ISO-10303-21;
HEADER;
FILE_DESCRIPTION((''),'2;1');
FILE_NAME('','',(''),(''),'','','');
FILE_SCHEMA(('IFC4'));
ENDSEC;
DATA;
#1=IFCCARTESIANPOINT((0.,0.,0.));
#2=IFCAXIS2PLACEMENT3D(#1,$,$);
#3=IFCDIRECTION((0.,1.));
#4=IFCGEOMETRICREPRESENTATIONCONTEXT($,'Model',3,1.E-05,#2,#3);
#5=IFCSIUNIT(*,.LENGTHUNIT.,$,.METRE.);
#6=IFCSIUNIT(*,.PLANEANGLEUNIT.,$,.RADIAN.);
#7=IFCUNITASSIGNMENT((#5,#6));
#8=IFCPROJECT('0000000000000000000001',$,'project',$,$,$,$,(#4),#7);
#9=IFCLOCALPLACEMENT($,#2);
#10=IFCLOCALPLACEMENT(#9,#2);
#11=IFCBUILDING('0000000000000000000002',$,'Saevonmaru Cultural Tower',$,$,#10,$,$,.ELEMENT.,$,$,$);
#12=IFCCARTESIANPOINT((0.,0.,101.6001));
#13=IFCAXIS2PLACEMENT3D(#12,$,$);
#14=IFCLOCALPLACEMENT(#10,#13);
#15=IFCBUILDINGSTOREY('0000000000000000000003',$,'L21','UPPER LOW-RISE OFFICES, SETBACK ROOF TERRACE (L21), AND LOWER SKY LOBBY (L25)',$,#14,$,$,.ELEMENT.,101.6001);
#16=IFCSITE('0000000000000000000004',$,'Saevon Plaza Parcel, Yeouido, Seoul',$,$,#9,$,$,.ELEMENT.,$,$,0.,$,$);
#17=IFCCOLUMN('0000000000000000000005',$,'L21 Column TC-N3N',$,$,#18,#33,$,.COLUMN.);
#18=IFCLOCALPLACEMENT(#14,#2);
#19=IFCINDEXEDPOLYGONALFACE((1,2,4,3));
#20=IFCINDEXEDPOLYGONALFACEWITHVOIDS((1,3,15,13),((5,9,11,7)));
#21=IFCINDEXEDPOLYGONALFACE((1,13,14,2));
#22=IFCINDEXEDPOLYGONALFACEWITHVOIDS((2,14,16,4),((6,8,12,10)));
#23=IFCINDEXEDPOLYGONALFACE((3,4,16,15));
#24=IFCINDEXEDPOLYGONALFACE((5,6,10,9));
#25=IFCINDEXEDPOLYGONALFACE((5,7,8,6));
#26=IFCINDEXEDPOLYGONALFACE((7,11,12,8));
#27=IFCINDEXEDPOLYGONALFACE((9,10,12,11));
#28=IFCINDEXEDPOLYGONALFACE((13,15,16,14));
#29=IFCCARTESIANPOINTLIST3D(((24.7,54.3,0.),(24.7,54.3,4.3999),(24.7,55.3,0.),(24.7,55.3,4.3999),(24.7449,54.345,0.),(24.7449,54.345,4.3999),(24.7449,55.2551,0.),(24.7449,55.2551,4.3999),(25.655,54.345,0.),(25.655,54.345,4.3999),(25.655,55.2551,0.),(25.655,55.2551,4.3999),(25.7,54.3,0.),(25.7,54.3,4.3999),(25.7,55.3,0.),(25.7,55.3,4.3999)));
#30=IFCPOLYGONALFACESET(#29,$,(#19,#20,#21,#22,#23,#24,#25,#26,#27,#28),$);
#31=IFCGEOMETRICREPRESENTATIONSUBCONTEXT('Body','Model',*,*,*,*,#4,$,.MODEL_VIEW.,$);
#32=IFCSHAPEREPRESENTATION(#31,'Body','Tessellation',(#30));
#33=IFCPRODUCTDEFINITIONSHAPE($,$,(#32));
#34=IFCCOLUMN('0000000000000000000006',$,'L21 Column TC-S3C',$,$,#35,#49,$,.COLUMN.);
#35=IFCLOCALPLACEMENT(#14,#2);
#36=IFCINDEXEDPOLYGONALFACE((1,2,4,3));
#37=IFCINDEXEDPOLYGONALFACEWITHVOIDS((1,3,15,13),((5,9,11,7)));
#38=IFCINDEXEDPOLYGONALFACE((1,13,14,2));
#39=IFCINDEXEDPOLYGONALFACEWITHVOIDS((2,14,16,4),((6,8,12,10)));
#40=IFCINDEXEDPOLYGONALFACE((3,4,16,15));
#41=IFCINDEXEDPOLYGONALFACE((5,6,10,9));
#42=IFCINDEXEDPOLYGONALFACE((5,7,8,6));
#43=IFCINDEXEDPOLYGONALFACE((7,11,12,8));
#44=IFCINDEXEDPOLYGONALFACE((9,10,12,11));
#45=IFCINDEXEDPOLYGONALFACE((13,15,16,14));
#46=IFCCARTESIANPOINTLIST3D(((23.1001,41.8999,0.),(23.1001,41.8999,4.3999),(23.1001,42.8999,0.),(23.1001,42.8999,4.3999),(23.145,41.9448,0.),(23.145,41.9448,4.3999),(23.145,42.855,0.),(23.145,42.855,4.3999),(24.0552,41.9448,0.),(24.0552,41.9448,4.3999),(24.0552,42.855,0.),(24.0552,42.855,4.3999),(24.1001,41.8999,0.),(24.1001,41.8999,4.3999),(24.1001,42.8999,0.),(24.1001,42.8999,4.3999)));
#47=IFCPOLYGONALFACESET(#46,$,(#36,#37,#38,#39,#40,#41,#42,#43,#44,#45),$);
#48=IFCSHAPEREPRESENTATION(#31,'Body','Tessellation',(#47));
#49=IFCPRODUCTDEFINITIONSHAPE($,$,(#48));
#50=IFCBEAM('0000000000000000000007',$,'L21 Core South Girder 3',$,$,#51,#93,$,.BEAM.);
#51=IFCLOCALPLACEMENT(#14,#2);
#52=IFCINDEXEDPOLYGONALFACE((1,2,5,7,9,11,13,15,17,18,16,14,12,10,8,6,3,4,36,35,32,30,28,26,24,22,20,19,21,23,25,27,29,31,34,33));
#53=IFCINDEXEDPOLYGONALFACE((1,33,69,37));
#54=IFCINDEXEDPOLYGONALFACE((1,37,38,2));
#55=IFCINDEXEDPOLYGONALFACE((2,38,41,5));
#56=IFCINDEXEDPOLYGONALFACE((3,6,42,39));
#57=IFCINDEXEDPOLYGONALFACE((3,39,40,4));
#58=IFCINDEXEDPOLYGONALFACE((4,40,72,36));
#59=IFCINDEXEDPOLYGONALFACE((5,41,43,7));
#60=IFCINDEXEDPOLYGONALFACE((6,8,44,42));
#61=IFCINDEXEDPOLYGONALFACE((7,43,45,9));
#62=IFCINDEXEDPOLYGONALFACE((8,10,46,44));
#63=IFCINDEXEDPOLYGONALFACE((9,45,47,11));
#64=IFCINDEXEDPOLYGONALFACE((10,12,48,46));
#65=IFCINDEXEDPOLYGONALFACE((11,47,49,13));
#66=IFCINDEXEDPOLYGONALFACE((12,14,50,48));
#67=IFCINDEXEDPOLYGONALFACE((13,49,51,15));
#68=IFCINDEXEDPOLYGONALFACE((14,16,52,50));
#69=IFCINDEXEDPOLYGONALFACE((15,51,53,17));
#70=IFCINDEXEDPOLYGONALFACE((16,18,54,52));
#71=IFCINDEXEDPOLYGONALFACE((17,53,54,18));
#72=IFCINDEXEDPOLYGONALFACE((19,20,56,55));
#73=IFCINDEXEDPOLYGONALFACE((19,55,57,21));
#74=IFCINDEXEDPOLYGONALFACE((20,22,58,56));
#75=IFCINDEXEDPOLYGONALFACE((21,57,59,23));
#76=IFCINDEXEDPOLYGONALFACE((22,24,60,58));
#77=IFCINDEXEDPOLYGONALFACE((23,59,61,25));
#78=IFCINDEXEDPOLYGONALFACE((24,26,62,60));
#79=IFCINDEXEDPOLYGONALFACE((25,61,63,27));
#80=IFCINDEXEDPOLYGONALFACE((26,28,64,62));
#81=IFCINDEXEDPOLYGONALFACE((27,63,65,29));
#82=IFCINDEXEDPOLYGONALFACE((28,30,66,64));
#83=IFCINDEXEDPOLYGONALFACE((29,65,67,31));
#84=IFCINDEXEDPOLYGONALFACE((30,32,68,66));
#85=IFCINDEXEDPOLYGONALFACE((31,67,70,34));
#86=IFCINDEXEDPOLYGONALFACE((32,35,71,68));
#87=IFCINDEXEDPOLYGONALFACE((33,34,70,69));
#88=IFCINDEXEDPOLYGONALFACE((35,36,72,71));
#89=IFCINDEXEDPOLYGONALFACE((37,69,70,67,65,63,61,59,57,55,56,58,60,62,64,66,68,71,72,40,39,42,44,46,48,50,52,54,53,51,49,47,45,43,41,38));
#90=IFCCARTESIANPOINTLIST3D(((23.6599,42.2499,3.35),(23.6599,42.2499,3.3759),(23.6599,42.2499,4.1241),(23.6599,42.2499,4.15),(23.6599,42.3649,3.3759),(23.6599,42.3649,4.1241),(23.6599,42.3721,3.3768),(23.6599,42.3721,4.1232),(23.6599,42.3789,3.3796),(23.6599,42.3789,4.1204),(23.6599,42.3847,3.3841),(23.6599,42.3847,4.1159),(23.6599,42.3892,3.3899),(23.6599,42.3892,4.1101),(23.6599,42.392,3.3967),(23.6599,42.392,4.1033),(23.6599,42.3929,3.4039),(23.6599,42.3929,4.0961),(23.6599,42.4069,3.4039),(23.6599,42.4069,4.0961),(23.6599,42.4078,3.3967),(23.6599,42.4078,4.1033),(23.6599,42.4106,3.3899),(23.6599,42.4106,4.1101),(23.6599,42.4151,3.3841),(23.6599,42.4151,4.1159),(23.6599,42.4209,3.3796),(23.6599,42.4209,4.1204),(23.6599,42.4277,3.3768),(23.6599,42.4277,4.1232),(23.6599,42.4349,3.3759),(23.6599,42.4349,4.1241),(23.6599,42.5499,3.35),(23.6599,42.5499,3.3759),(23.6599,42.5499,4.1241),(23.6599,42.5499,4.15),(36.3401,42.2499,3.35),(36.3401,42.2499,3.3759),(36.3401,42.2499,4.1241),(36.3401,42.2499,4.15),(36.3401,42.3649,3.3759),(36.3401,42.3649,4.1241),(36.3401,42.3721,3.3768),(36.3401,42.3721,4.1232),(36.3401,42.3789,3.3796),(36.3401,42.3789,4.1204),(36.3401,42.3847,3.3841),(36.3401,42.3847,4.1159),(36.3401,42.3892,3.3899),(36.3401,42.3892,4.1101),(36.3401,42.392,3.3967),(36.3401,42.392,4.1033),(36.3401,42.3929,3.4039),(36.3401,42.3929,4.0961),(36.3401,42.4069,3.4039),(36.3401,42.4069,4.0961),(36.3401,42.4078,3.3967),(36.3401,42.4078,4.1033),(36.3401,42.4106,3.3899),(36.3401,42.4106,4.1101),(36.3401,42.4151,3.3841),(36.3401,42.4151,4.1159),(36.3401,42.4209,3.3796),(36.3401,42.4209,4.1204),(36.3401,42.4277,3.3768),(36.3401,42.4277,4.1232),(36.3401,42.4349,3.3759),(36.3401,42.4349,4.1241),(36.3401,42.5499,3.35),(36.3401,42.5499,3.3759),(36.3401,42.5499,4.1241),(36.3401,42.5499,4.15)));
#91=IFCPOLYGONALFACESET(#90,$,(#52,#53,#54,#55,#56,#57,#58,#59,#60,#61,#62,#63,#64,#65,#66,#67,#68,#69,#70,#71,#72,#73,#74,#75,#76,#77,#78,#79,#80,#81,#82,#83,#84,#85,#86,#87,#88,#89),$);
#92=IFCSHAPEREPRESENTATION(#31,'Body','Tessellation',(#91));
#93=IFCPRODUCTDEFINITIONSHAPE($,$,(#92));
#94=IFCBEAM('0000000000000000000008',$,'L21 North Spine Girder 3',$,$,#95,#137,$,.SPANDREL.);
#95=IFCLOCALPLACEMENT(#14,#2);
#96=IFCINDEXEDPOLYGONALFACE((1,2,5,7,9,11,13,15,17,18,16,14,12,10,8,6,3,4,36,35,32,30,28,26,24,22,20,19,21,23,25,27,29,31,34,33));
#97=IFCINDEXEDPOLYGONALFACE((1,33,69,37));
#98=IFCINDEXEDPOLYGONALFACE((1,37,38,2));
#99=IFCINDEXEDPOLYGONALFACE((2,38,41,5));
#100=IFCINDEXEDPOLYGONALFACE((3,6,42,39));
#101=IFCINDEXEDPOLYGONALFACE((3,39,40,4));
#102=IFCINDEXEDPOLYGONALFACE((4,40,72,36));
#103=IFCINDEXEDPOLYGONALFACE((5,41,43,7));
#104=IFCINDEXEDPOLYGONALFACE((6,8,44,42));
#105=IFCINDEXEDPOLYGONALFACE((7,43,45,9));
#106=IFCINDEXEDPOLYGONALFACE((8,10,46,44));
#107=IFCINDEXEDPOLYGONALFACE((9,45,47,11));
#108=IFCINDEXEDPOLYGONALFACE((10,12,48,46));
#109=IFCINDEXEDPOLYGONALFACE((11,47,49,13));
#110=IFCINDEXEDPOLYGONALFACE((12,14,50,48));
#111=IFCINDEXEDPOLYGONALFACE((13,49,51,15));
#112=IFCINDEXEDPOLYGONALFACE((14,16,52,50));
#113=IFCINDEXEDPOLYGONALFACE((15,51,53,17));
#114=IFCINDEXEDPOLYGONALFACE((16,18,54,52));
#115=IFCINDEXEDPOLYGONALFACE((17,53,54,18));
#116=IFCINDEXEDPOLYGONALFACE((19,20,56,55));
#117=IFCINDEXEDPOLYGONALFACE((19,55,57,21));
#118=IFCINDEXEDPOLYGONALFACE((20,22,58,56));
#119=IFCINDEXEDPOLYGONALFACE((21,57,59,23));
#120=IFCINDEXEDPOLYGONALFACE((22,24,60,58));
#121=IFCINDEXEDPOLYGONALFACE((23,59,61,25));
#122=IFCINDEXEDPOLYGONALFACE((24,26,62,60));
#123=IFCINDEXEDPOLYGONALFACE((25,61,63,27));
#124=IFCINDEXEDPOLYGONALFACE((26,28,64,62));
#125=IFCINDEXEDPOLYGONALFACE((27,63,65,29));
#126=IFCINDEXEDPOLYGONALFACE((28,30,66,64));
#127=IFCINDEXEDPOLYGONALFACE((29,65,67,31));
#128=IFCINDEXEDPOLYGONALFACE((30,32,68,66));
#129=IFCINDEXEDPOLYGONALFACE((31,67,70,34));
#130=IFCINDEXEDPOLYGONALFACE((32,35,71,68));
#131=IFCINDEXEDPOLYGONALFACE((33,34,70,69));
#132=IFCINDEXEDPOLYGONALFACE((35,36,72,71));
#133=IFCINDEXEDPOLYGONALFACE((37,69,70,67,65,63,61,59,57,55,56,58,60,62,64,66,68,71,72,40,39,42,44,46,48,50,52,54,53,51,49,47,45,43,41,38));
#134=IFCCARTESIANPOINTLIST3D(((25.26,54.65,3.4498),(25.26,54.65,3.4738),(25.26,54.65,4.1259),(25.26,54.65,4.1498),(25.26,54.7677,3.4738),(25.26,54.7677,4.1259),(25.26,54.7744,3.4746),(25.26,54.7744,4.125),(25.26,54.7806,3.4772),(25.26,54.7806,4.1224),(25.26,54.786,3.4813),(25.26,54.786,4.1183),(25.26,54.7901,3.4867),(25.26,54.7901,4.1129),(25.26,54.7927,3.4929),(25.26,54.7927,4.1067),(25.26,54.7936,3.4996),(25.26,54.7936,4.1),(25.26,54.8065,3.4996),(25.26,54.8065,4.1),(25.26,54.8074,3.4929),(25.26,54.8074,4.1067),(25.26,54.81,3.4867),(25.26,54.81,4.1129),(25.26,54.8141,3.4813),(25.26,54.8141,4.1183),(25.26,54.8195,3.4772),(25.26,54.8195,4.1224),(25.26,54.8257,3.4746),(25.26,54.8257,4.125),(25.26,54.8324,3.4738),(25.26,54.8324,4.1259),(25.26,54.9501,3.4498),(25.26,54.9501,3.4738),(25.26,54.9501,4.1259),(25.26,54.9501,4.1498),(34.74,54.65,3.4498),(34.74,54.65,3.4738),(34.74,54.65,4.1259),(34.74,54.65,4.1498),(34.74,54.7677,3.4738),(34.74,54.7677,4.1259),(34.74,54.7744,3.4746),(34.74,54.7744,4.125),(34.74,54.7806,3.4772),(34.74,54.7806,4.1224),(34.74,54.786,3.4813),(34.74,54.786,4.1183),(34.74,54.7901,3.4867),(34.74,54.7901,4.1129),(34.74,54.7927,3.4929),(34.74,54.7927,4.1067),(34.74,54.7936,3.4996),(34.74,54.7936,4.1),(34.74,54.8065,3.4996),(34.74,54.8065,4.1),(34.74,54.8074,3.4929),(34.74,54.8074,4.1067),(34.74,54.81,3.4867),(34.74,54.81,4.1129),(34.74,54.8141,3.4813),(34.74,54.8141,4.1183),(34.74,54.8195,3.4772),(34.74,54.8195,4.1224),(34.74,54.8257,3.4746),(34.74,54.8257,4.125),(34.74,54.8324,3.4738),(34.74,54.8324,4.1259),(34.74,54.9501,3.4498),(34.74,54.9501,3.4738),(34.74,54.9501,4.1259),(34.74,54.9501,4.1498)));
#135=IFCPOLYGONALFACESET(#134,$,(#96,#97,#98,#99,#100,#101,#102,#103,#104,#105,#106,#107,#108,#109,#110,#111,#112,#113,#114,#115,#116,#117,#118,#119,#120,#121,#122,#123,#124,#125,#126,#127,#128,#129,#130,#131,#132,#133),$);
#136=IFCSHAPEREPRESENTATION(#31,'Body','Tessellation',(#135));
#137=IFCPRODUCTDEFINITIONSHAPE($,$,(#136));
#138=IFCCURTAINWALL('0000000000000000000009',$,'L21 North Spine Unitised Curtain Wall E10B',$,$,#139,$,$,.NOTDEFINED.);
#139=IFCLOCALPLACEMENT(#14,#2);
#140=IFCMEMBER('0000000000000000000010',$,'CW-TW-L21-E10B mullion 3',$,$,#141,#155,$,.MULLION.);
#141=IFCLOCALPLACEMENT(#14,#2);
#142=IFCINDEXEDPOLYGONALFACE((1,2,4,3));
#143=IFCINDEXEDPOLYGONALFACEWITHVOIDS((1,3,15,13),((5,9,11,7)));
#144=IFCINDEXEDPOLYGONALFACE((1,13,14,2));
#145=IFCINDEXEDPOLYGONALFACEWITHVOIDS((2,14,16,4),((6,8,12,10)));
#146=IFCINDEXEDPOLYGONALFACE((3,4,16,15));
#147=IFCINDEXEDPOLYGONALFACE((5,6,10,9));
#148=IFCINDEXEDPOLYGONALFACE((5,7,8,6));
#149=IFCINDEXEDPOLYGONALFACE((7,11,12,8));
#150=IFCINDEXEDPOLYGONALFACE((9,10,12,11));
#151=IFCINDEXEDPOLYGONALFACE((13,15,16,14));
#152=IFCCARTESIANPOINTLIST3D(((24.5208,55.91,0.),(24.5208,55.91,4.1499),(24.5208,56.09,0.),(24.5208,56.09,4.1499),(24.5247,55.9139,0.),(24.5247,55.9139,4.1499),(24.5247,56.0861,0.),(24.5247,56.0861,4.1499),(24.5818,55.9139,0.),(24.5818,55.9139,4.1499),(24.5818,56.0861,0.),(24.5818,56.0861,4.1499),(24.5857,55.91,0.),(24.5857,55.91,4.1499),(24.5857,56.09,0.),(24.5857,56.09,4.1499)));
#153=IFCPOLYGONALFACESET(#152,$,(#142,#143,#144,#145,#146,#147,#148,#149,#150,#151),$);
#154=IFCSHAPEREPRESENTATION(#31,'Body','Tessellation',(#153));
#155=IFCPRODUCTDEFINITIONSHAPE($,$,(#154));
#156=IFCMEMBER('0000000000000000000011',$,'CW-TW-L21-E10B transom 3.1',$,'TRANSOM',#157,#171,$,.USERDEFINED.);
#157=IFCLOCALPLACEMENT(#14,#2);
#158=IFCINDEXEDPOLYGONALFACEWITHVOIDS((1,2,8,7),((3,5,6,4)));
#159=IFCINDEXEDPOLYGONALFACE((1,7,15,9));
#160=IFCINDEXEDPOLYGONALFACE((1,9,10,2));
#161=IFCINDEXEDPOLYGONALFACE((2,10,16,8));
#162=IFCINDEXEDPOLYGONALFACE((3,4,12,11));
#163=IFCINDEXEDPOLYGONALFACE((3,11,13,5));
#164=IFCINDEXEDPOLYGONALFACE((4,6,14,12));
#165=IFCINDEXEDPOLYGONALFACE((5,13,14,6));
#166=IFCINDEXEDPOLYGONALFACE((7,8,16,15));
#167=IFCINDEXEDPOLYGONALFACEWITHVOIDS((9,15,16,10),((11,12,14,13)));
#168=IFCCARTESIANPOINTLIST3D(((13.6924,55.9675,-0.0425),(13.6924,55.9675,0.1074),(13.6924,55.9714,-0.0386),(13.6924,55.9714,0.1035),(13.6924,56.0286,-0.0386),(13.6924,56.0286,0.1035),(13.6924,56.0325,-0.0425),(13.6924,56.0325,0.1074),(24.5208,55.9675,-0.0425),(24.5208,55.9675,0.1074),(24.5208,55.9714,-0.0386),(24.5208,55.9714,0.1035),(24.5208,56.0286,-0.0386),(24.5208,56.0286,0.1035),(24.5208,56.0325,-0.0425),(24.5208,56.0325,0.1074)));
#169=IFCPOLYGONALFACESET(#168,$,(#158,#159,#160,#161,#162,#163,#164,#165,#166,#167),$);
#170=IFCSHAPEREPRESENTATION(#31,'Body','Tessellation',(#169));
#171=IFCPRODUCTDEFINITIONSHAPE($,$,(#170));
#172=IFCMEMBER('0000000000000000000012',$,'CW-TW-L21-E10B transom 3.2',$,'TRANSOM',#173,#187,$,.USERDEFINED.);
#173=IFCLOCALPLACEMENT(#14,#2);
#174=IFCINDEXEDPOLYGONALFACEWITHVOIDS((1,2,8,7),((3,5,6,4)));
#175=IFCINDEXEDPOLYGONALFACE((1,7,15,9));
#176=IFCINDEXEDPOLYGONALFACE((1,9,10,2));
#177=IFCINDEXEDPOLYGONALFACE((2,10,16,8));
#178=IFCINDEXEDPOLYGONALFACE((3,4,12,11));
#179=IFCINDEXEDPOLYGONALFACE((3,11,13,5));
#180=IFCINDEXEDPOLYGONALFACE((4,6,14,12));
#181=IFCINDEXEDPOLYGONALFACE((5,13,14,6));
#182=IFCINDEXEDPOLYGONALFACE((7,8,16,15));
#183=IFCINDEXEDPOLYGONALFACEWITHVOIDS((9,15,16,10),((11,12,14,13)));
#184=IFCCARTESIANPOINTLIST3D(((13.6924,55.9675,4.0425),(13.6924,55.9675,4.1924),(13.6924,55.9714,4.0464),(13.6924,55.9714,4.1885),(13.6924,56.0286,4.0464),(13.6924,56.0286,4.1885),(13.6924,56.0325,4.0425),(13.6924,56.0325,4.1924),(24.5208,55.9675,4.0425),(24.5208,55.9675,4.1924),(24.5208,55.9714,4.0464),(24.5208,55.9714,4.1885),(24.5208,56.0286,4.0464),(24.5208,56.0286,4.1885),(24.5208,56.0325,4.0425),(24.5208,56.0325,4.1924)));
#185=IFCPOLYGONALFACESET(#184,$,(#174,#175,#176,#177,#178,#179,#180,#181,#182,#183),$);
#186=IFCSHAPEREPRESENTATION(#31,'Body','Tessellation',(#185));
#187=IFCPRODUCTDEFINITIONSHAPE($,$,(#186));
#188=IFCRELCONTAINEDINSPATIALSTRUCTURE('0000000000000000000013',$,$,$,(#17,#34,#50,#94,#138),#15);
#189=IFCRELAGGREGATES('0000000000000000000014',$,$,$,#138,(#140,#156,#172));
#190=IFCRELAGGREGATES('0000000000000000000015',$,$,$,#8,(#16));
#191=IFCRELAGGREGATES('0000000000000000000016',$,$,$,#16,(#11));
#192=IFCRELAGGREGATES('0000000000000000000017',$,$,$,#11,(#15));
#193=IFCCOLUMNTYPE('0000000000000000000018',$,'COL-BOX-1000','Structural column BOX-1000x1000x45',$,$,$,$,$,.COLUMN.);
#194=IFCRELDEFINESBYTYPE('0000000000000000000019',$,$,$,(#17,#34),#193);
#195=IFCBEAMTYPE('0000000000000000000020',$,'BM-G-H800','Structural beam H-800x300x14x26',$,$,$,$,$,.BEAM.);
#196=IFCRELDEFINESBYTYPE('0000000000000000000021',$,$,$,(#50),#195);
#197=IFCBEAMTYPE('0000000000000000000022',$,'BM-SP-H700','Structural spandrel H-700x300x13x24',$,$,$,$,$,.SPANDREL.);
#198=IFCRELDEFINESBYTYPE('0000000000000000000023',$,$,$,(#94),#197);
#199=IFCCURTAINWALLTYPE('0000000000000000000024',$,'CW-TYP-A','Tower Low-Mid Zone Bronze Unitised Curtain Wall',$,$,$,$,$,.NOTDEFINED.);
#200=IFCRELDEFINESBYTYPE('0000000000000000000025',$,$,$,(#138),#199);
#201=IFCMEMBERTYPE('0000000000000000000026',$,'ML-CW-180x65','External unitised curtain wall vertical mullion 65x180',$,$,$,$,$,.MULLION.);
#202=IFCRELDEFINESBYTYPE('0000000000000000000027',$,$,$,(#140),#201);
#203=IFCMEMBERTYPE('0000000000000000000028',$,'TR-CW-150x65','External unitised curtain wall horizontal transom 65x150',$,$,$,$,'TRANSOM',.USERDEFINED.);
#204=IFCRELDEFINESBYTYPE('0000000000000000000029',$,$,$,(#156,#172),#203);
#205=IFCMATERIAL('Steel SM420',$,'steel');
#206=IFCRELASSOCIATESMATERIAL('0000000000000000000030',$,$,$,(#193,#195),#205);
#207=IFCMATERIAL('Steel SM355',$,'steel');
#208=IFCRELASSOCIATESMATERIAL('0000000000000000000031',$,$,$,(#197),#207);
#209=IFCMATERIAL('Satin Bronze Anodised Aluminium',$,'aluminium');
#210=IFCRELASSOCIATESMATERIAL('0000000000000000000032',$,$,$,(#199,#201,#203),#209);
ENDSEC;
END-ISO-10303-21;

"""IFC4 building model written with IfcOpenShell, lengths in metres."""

from ifc_helpers import new_model, si_unit, direction, frame, origin, origin_2d, place, context, subcontext, project, spatial, hollow_rectangle, i_section, extrude, material, material_profile, profile_set, type_object, element, aggregate, save


model = new_model("IFC4")

# Units and contexts
model_context = context("Model", 3, precision=1e-05, world=origin(), true_north=direction((0.0, 1.0)))
body_context = subcontext(model_context, "Body", "Model", "MODEL_VIEW")
ifc_project = project(units=[si_unit("LENGTHUNIT", "METRE"), si_unit("PLANEANGLEUNIT", "RADIAN")], contexts=[model_context])

# Site, building, storey
site_placement = place(None, origin())
site = spatial("IfcSite", under=ifc_project, at=site_placement, Name="Saevon Plaza Parcel, Yeouido, Seoul", CompositionType="ELEMENT", RefElevation=0.0)
building_placement = place(site_placement, origin())
building = spatial("IfcBuilding", under=site, at=building_placement, Name="Saevonmaru Cultural Tower", CompositionType="ELEMENT")
storey_placement = place(building_placement, frame((0.0, 0.0, 101.6001)))
storey = spatial("IfcBuildingStorey", under=building, at=storey_placement, Name="L21", Description="UPPER LOW-RISE OFFICES, SETBACK ROOF TERRACE (L21), AND LOWER SKY LOBBY (L25)", CompositionType="ELEMENT", Elevation=101.6001)

# Columns
ifc_material_1 = material(Name="Steel SM420", Category="steel")
ifc_material_profile_1 = material_profile(ifc_material_1, hollow_rectangle(XDim=1.0, YDim=1.0, WallThickness=0.0449, at=origin_2d()), Name="BOX-1000x1000x45")
ifc_profile_set_1 = profile_set([ifc_material_profile_1], Name="Steel SM420")
column_type = type_object("IfcColumnType", Name="COL-BOX-1000", Description="Structural column BOX-1000x1000x45", PredefinedType="COLUMN", material=ifc_profile_set_1)
for number, where, z_axis, x_axis, name in (
    (1, (25.2, 54.8, 0.0), (0.0, 0.0, 1.0), (1.0, 0.0, 0.0), "L21 Column TC-N3N"),
    (2, (23.6001, 42.3999, 0.0), (0.0, 0.0, 1.0), (1.0, 0.0, 0.0), "L21 Column TC-S3C"),
):
    element("IfcColumn", number, at=place(storey_placement, frame(where, z_axis=z_axis, x_axis=x_axis)), inside=storey, type_object=column_type, Name=name, PredefinedType="COLUMN", context=body_context, shape_type="SweptSolid", body=[
        extrude(hollow_rectangle(XDim=1.0, YDim=1.0, WallThickness=0.0449, at=origin_2d()), origin(), (0.0, 0.0, 1.0), 4.3999),
    ])

# Beams
ifc_material_profile_2 = material_profile(ifc_material_1, i_section(OverallWidth=0.3, OverallDepth=0.8, WebThickness=0.0139, FlangeThickness=0.0259, FilletRadius=0.0281, at=origin_2d()), Name="H-800x300x14x26")
ifc_profile_set_2 = profile_set([ifc_material_profile_2], Name="Steel SM420")
beam_type_1 = type_object("IfcBeamType", Name="BM-G-H800", Description="Structural beam H-800x300x14x26", PredefinedType="BEAM", material=ifc_profile_set_2)
beam_1_placement = place(storey_placement, frame((23.6599, 42.3999, 3.75), z_axis=(1.0, 0.0, 0.0), x_axis=(0.0, 1.0, 0.0)))
element("IfcBeam", 3, at=beam_1_placement, inside=storey, type_object=beam_type_1, Name="L21 Core South Girder 3", PredefinedType="BEAM", context=body_context, shape_type="SweptSolid", body=[
    extrude(i_section(OverallWidth=0.3, OverallDepth=0.8, WebThickness=0.0139, FlangeThickness=0.0259, FilletRadius=0.0281, at=origin_2d()), origin(), (0.0, 0.0, 1.0), 12.6802),
])
ifc_material_2 = material(Name="Steel SM355", Category="steel")
ifc_material_profile_3 = material_profile(ifc_material_2, i_section(OverallWidth=0.3, OverallDepth=0.7, WebThickness=0.0129, FlangeThickness=0.0239, FilletRadius=0.0259, at=origin_2d()), Name="H-700x300x13x24")
ifc_profile_set_3 = profile_set([ifc_material_profile_3], Name="Steel SM355")
beam_type_2 = type_object("IfcBeamType", Name="BM-SP-H700", Description="Structural spandrel H-700x300x13x24", PredefinedType="SPANDREL", material=ifc_profile_set_3)
beam_2_placement = place(storey_placement, frame((25.26, 54.8, 3.7998), z_axis=(1.0, 0.0, 0.0), x_axis=(0.0, 1.0, 0.0)))
element("IfcBeam", 4, at=beam_2_placement, inside=storey, type_object=beam_type_2, Name="L21 North Spine Girder 3", PredefinedType="SPANDREL", context=body_context, shape_type="SweptSolid", body=[
    extrude(i_section(OverallWidth=0.3, OverallDepth=0.7, WebThickness=0.0129, FlangeThickness=0.0239, FilletRadius=0.0259, at=origin_2d()), origin(), (0.0, 0.0, 1.0), 9.48),
])

# Curtain wall, members
ifc_material_3 = material(Name="Satin Bronze Anodised Aluminium", Category="aluminium")
curtain_wall_type = type_object("IfcCurtainWallType", Name="CW-TYP-A", Description="Tower Low-Mid Zone Bronze Unitised Curtain Wall", PredefinedType="NOTDEFINED", material=ifc_material_3)
curtain_wall_placement = place(storey_placement, origin())
curtain_wall = element("IfcCurtainWall", 5, at=curtain_wall_placement, inside=storey, type_object=curtain_wall_type, Name="L21 North Spine Unitised Curtain Wall E10B", PredefinedType="NOTDEFINED")
ifc_material_profile_4 = material_profile(ifc_material_3, hollow_rectangle(XDim=0.0649, YDim=0.1799, WallThickness=0.0039, at=origin_2d()), Name="ALU-MULL-180x65x4")
ifc_profile_set_4 = profile_set([ifc_material_profile_4], Name="Satin Bronze Anodised Aluminium")
member_type_1 = type_object("IfcMemberType", Name="ML-CW-180x65", Description="External unitised curtain wall vertical mullion 65x180", PredefinedType="MULLION", material=ifc_profile_set_4)
member_1_placement = place(storey_placement, frame((24.5532, 56.0, 0.0), z_axis=(0.0, 0.0, 1.0), x_axis=(-1.0, 0.0, 0.0)))
member_1 = element("IfcMember", 6, at=member_1_placement, type_object=member_type_1, Name="CW-TW-L21-E10B mullion 3", PredefinedType="MULLION", context=body_context, shape_type="SweptSolid", body=[
    extrude(hollow_rectangle(XDim=0.0649, YDim=0.1799, WallThickness=0.0039, at=origin_2d()), origin(), (0.0, 0.0, 1.0), 4.1499),
])
ifc_material_profile_5 = material_profile(ifc_material_3, hollow_rectangle(XDim=0.0649, YDim=0.1499, WallThickness=0.0039, at=origin_2d()), Name="ALU-TRAN-150x65x4")
ifc_profile_set_5 = profile_set([ifc_material_profile_5], Name="Satin Bronze Anodised Aluminium")
member_type_2 = type_object("IfcMemberType", Name="TR-CW-150x65", Description="External unitised curtain wall horizontal transom 65x150", ElementType="TRANSOM", PredefinedType="USERDEFINED", material=ifc_profile_set_5)
member_2_placement = place(storey_placement, frame((24.5208, 56.0, 0.0325), z_axis=(-1.0, 0.0, 0.0), x_axis=(0.0, -1.0, 0.0)))
member_2 = element("IfcMember", 7, at=member_2_placement, type_object=member_type_2, Name="CW-TW-L21-E10B transom 3.1", ObjectType="TRANSOM", PredefinedType="USERDEFINED", context=body_context, shape_type="SweptSolid", body=[
    extrude(hollow_rectangle(XDim=0.0649, YDim=0.1499, WallThickness=0.0039, at=origin_2d()), origin(), (0.0, 0.0, 1.0), 10.8284),
])
member_3_placement = place(storey_placement, frame((24.5208, 56.0, 4.1174), z_axis=(-1.0, 0.0, 0.0), x_axis=(0.0, -1.0, 0.0)))
member_3 = element("IfcMember", 8, at=member_3_placement, type_object=member_type_2, Name="CW-TW-L21-E10B transom 3.2", ObjectType="TRANSOM", PredefinedType="USERDEFINED", context=body_context, shape_type="SweptSolid", body=[
    extrude(hollow_rectangle(XDim=0.0649, YDim=0.1499, WallThickness=0.0039, at=origin_2d()), origin(), (0.0, 0.0, 1.0), 10.8284),
])
aggregate(curtain_wall, [member_1, member_2, member_3])

save(model, "model.ifc")
